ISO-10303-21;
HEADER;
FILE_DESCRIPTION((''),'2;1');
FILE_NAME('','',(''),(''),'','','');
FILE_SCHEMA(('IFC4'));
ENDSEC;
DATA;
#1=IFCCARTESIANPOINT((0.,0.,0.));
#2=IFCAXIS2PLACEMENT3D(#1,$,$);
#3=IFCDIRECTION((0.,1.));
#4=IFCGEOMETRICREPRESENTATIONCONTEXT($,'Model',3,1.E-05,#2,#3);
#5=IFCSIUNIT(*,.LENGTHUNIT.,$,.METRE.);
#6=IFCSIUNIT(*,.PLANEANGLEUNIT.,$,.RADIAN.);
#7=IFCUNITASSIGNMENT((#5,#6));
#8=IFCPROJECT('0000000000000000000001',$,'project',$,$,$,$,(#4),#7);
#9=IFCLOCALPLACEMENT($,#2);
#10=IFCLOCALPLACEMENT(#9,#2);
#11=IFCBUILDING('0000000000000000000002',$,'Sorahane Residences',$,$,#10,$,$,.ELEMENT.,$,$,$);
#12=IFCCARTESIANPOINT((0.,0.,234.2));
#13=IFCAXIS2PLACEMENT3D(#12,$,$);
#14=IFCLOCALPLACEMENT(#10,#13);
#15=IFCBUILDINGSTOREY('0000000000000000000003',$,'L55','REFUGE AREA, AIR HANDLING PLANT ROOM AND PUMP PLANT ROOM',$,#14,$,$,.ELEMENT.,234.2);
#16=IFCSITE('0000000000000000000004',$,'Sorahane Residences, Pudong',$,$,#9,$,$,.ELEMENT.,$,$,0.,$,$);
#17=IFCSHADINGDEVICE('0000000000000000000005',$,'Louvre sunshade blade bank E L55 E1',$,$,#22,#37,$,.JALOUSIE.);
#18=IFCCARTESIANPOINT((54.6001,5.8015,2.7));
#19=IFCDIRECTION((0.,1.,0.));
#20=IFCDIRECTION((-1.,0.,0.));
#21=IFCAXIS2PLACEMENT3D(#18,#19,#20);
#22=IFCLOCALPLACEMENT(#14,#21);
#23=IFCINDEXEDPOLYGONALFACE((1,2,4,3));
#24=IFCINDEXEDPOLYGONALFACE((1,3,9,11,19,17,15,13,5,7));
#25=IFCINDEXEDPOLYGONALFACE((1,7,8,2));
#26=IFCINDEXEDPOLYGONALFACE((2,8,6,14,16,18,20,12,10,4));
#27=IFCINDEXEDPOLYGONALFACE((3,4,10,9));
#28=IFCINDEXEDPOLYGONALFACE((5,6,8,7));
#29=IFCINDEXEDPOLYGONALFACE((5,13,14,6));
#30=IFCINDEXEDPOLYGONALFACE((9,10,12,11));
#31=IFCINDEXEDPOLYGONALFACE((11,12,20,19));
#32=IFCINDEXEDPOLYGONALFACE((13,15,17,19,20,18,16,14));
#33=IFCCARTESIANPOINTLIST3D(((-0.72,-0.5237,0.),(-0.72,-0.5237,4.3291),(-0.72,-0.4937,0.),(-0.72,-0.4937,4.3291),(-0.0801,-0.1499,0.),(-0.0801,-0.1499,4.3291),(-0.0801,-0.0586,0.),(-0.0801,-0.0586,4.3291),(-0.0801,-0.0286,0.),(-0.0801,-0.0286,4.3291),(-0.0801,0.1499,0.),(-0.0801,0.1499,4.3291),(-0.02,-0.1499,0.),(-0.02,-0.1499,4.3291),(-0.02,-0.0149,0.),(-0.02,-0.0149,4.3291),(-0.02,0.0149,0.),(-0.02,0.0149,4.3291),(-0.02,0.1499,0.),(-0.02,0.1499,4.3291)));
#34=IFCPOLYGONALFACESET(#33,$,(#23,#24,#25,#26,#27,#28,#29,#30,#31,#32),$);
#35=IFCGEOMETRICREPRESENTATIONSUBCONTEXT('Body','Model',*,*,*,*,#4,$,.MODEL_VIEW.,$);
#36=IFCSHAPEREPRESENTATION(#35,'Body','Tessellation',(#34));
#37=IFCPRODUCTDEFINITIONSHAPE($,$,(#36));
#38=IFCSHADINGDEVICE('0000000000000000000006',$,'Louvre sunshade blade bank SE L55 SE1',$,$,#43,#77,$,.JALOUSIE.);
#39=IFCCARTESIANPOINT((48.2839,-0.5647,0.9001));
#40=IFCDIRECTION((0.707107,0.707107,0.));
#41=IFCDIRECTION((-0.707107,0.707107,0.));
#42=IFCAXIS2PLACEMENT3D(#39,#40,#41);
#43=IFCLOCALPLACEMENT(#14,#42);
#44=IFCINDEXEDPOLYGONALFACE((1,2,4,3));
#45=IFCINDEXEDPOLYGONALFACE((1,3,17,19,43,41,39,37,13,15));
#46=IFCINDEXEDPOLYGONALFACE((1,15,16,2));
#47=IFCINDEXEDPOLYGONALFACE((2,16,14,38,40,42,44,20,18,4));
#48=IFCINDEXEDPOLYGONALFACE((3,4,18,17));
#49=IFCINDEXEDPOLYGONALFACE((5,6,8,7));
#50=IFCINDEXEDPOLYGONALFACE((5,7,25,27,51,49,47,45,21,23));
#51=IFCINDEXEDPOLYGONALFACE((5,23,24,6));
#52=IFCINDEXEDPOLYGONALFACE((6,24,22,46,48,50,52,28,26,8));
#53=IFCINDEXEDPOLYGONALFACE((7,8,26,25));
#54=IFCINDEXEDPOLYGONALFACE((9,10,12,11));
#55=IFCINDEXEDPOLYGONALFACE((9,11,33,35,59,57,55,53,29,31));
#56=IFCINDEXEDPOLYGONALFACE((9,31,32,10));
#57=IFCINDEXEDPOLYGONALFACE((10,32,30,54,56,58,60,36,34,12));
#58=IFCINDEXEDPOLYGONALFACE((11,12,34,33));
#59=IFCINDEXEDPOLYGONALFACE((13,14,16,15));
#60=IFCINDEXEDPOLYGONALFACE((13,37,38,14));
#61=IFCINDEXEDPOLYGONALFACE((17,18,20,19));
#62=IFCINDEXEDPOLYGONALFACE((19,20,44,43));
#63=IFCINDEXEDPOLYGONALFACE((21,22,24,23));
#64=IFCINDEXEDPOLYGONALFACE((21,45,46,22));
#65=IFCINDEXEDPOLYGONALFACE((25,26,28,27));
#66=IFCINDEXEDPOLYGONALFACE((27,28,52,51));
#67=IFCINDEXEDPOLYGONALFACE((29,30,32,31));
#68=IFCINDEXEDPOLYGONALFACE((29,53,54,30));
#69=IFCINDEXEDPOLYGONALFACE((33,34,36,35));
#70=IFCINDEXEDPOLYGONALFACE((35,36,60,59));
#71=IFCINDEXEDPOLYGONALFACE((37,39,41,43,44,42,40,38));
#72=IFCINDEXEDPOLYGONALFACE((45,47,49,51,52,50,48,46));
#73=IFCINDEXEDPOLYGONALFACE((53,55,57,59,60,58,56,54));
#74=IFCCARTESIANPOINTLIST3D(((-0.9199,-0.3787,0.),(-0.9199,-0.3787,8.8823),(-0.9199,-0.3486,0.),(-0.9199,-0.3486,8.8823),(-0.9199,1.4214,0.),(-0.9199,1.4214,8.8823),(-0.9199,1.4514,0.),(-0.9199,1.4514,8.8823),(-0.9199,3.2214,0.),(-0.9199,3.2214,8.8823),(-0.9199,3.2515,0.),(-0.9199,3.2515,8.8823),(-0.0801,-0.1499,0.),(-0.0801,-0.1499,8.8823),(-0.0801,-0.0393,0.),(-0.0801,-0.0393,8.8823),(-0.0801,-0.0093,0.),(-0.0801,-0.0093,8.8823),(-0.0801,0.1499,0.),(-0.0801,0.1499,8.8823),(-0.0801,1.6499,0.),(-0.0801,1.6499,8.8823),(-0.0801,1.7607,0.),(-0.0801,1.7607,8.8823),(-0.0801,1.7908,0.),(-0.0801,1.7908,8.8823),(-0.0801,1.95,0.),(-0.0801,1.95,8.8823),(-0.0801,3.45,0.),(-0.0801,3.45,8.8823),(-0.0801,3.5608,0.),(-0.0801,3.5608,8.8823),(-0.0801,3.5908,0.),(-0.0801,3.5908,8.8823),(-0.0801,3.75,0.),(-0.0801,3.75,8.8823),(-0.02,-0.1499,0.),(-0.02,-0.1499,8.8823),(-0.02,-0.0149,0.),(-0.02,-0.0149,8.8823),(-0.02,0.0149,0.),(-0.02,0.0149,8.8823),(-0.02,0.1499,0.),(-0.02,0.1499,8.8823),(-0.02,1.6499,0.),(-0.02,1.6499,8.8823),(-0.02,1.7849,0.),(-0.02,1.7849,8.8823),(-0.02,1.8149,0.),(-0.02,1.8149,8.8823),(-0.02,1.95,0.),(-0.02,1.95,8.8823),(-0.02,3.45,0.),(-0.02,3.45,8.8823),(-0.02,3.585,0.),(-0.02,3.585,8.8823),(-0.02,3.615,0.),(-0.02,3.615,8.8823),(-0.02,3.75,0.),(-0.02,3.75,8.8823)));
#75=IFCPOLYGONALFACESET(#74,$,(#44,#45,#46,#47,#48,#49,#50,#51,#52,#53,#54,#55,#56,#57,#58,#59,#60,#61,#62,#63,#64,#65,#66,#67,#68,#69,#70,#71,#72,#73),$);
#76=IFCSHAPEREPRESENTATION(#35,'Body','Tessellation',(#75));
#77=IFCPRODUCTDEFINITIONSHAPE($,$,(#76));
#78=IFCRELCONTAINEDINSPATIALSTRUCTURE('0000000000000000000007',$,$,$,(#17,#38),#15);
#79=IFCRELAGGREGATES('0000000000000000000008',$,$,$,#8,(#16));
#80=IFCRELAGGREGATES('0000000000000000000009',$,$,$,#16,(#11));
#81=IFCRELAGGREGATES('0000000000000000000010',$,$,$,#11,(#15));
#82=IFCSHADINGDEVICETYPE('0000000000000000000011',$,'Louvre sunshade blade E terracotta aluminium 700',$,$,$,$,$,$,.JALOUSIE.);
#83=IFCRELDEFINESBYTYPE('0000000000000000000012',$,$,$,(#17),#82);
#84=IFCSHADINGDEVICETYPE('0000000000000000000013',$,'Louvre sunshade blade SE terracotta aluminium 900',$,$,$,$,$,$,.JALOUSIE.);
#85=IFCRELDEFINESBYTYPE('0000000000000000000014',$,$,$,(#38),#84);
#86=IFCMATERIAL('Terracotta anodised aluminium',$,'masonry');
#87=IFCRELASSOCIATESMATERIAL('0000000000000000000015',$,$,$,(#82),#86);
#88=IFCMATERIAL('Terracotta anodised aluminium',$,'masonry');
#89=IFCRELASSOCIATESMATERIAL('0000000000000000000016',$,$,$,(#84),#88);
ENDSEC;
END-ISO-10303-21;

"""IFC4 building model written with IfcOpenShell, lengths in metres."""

from ifc_helpers import new_model, si_unit, direction, frame, origin, place, context, subcontext, project, spatial, polyline, outline, composite_profile, extrude, material, type_object, element, save


model = new_model("IFC4")

# Units and contexts
model_context = context("Model", 3, precision=1e-05, world=origin(), true_north=direction((0.0, 1.0)))
body_context = subcontext(model_context, "Body", "Model", "MODEL_VIEW")
ifc_project = project(units=[si_unit("LENGTHUNIT", "METRE"), si_unit("PLANEANGLEUNIT", "RADIAN")], contexts=[model_context])

# Site, building, storey
site_placement = place(None, origin())
site = spatial("IfcSite", under=ifc_project, at=site_placement, Name="Sorahane Residences, Pudong", CompositionType="ELEMENT", RefElevation=0.0)
building_placement = place(site_placement, origin())
building = spatial("IfcBuilding", under=site, at=building_placement, Name="Sorahane Residences", CompositionType="ELEMENT")
storey_placement = place(building_placement, frame((0.0, 0.0, 234.2)))
storey = spatial("IfcBuildingStorey", under=building, at=storey_placement, Name="L55", Description="REFUGE AREA, AIR HANDLING PLANT ROOM AND PUMP PLANT ROOM", CompositionType="ELEMENT", Elevation=234.2)

# Shading devices
ifc_material_1 = material(Name="Terracotta anodised aluminium", Category="masonry")
shading_device_type_1 = type_object("IfcShadingDeviceType", Name="Louvre sunshade blade E terracotta aluminium 700", PredefinedType="JALOUSIE", material=ifc_material_1)
shading_device_1_placement = place(storey_placement, frame((54.6001, 5.8015, 2.7), z_axis=(0.0, 1.0, 0.0), x_axis=(-1.0, 0.0, 0.0)))
element("IfcShadingDevice", 1, at=shading_device_1_placement, inside=storey, type_object=shading_device_type_1, Name="Louvre sunshade blade bank E L55 E1", PredefinedType="JALOUSIE", context=body_context, shape_type="SweptSolid", body=[
    extrude(outline(polyline([(-0.72, -0.4937), (-0.72, -0.5237), (-0.0801, -0.0586), (-0.0801, -0.1499), (-0.02, -0.1499), (-0.02, -0.0149), (-0.02, 0.0149), (-0.02, 0.1499), (-0.0801, 0.1499), (-0.0801, -0.0286), (-0.72, -0.4937)])), origin(), (0.0, 0.0, 1.0), 4.3291),
])
ifc_material_2 = material(Name="Terracotta anodised aluminium", Category="masonry")
shading_device_type_2 = type_object("IfcShadingDeviceType", Name="Louvre sunshade blade SE terracotta aluminium 900", PredefinedType="JALOUSIE", material=ifc_material_2)
shading_device_2_placement = place(storey_placement, frame((48.2839, -0.5647, 0.9001), z_axis=(0.707107, 0.707107, 0.0), x_axis=(-0.707107, 0.707107, 0.0)))
element("IfcShadingDevice", 2, at=shading_device_2_placement, inside=storey, type_object=shading_device_type_2, Name="Louvre sunshade blade bank SE L55 SE1", PredefinedType="JALOUSIE", context=body_context, shape_type="SweptSolid", body=[
    extrude(composite_profile([outline(polyline([(-0.9199, -0.3486), (-0.9199, -0.3787), (-0.0801, -0.0393), (-0.0801, -0.1499), (-0.02, -0.1499), (-0.02, -0.0149), (-0.02, 0.0149), (-0.02, 0.1499), (-0.0801, 0.1499), (-0.0801, -0.0093), (-0.9199, -0.3486)])), outline(polyline([(-0.9199, 1.4514), (-0.9199, 1.4214), (-0.0801, 1.7607), (-0.0801, 1.6499), (-0.02, 1.6499), (-0.02, 1.7849), (-0.02, 1.8149), (-0.02, 1.95), (-0.0801, 1.95), (-0.0801, 1.7908), (-0.9199, 1.4514)])), outline(polyline([(-0.9199, 3.2515), (-0.9199, 3.2214), (-0.0801, 3.5608), (-0.0801, 3.45), (-0.02, 3.45), (-0.02, 3.585), (-0.02, 3.615), (-0.02, 3.75), (-0.0801, 3.75), (-0.0801, 3.5908), (-0.9199, 3.2515)]))]), origin(), (0.0, 0.0, 1.0), 8.8823),
])

save(model, "model.ifc")
